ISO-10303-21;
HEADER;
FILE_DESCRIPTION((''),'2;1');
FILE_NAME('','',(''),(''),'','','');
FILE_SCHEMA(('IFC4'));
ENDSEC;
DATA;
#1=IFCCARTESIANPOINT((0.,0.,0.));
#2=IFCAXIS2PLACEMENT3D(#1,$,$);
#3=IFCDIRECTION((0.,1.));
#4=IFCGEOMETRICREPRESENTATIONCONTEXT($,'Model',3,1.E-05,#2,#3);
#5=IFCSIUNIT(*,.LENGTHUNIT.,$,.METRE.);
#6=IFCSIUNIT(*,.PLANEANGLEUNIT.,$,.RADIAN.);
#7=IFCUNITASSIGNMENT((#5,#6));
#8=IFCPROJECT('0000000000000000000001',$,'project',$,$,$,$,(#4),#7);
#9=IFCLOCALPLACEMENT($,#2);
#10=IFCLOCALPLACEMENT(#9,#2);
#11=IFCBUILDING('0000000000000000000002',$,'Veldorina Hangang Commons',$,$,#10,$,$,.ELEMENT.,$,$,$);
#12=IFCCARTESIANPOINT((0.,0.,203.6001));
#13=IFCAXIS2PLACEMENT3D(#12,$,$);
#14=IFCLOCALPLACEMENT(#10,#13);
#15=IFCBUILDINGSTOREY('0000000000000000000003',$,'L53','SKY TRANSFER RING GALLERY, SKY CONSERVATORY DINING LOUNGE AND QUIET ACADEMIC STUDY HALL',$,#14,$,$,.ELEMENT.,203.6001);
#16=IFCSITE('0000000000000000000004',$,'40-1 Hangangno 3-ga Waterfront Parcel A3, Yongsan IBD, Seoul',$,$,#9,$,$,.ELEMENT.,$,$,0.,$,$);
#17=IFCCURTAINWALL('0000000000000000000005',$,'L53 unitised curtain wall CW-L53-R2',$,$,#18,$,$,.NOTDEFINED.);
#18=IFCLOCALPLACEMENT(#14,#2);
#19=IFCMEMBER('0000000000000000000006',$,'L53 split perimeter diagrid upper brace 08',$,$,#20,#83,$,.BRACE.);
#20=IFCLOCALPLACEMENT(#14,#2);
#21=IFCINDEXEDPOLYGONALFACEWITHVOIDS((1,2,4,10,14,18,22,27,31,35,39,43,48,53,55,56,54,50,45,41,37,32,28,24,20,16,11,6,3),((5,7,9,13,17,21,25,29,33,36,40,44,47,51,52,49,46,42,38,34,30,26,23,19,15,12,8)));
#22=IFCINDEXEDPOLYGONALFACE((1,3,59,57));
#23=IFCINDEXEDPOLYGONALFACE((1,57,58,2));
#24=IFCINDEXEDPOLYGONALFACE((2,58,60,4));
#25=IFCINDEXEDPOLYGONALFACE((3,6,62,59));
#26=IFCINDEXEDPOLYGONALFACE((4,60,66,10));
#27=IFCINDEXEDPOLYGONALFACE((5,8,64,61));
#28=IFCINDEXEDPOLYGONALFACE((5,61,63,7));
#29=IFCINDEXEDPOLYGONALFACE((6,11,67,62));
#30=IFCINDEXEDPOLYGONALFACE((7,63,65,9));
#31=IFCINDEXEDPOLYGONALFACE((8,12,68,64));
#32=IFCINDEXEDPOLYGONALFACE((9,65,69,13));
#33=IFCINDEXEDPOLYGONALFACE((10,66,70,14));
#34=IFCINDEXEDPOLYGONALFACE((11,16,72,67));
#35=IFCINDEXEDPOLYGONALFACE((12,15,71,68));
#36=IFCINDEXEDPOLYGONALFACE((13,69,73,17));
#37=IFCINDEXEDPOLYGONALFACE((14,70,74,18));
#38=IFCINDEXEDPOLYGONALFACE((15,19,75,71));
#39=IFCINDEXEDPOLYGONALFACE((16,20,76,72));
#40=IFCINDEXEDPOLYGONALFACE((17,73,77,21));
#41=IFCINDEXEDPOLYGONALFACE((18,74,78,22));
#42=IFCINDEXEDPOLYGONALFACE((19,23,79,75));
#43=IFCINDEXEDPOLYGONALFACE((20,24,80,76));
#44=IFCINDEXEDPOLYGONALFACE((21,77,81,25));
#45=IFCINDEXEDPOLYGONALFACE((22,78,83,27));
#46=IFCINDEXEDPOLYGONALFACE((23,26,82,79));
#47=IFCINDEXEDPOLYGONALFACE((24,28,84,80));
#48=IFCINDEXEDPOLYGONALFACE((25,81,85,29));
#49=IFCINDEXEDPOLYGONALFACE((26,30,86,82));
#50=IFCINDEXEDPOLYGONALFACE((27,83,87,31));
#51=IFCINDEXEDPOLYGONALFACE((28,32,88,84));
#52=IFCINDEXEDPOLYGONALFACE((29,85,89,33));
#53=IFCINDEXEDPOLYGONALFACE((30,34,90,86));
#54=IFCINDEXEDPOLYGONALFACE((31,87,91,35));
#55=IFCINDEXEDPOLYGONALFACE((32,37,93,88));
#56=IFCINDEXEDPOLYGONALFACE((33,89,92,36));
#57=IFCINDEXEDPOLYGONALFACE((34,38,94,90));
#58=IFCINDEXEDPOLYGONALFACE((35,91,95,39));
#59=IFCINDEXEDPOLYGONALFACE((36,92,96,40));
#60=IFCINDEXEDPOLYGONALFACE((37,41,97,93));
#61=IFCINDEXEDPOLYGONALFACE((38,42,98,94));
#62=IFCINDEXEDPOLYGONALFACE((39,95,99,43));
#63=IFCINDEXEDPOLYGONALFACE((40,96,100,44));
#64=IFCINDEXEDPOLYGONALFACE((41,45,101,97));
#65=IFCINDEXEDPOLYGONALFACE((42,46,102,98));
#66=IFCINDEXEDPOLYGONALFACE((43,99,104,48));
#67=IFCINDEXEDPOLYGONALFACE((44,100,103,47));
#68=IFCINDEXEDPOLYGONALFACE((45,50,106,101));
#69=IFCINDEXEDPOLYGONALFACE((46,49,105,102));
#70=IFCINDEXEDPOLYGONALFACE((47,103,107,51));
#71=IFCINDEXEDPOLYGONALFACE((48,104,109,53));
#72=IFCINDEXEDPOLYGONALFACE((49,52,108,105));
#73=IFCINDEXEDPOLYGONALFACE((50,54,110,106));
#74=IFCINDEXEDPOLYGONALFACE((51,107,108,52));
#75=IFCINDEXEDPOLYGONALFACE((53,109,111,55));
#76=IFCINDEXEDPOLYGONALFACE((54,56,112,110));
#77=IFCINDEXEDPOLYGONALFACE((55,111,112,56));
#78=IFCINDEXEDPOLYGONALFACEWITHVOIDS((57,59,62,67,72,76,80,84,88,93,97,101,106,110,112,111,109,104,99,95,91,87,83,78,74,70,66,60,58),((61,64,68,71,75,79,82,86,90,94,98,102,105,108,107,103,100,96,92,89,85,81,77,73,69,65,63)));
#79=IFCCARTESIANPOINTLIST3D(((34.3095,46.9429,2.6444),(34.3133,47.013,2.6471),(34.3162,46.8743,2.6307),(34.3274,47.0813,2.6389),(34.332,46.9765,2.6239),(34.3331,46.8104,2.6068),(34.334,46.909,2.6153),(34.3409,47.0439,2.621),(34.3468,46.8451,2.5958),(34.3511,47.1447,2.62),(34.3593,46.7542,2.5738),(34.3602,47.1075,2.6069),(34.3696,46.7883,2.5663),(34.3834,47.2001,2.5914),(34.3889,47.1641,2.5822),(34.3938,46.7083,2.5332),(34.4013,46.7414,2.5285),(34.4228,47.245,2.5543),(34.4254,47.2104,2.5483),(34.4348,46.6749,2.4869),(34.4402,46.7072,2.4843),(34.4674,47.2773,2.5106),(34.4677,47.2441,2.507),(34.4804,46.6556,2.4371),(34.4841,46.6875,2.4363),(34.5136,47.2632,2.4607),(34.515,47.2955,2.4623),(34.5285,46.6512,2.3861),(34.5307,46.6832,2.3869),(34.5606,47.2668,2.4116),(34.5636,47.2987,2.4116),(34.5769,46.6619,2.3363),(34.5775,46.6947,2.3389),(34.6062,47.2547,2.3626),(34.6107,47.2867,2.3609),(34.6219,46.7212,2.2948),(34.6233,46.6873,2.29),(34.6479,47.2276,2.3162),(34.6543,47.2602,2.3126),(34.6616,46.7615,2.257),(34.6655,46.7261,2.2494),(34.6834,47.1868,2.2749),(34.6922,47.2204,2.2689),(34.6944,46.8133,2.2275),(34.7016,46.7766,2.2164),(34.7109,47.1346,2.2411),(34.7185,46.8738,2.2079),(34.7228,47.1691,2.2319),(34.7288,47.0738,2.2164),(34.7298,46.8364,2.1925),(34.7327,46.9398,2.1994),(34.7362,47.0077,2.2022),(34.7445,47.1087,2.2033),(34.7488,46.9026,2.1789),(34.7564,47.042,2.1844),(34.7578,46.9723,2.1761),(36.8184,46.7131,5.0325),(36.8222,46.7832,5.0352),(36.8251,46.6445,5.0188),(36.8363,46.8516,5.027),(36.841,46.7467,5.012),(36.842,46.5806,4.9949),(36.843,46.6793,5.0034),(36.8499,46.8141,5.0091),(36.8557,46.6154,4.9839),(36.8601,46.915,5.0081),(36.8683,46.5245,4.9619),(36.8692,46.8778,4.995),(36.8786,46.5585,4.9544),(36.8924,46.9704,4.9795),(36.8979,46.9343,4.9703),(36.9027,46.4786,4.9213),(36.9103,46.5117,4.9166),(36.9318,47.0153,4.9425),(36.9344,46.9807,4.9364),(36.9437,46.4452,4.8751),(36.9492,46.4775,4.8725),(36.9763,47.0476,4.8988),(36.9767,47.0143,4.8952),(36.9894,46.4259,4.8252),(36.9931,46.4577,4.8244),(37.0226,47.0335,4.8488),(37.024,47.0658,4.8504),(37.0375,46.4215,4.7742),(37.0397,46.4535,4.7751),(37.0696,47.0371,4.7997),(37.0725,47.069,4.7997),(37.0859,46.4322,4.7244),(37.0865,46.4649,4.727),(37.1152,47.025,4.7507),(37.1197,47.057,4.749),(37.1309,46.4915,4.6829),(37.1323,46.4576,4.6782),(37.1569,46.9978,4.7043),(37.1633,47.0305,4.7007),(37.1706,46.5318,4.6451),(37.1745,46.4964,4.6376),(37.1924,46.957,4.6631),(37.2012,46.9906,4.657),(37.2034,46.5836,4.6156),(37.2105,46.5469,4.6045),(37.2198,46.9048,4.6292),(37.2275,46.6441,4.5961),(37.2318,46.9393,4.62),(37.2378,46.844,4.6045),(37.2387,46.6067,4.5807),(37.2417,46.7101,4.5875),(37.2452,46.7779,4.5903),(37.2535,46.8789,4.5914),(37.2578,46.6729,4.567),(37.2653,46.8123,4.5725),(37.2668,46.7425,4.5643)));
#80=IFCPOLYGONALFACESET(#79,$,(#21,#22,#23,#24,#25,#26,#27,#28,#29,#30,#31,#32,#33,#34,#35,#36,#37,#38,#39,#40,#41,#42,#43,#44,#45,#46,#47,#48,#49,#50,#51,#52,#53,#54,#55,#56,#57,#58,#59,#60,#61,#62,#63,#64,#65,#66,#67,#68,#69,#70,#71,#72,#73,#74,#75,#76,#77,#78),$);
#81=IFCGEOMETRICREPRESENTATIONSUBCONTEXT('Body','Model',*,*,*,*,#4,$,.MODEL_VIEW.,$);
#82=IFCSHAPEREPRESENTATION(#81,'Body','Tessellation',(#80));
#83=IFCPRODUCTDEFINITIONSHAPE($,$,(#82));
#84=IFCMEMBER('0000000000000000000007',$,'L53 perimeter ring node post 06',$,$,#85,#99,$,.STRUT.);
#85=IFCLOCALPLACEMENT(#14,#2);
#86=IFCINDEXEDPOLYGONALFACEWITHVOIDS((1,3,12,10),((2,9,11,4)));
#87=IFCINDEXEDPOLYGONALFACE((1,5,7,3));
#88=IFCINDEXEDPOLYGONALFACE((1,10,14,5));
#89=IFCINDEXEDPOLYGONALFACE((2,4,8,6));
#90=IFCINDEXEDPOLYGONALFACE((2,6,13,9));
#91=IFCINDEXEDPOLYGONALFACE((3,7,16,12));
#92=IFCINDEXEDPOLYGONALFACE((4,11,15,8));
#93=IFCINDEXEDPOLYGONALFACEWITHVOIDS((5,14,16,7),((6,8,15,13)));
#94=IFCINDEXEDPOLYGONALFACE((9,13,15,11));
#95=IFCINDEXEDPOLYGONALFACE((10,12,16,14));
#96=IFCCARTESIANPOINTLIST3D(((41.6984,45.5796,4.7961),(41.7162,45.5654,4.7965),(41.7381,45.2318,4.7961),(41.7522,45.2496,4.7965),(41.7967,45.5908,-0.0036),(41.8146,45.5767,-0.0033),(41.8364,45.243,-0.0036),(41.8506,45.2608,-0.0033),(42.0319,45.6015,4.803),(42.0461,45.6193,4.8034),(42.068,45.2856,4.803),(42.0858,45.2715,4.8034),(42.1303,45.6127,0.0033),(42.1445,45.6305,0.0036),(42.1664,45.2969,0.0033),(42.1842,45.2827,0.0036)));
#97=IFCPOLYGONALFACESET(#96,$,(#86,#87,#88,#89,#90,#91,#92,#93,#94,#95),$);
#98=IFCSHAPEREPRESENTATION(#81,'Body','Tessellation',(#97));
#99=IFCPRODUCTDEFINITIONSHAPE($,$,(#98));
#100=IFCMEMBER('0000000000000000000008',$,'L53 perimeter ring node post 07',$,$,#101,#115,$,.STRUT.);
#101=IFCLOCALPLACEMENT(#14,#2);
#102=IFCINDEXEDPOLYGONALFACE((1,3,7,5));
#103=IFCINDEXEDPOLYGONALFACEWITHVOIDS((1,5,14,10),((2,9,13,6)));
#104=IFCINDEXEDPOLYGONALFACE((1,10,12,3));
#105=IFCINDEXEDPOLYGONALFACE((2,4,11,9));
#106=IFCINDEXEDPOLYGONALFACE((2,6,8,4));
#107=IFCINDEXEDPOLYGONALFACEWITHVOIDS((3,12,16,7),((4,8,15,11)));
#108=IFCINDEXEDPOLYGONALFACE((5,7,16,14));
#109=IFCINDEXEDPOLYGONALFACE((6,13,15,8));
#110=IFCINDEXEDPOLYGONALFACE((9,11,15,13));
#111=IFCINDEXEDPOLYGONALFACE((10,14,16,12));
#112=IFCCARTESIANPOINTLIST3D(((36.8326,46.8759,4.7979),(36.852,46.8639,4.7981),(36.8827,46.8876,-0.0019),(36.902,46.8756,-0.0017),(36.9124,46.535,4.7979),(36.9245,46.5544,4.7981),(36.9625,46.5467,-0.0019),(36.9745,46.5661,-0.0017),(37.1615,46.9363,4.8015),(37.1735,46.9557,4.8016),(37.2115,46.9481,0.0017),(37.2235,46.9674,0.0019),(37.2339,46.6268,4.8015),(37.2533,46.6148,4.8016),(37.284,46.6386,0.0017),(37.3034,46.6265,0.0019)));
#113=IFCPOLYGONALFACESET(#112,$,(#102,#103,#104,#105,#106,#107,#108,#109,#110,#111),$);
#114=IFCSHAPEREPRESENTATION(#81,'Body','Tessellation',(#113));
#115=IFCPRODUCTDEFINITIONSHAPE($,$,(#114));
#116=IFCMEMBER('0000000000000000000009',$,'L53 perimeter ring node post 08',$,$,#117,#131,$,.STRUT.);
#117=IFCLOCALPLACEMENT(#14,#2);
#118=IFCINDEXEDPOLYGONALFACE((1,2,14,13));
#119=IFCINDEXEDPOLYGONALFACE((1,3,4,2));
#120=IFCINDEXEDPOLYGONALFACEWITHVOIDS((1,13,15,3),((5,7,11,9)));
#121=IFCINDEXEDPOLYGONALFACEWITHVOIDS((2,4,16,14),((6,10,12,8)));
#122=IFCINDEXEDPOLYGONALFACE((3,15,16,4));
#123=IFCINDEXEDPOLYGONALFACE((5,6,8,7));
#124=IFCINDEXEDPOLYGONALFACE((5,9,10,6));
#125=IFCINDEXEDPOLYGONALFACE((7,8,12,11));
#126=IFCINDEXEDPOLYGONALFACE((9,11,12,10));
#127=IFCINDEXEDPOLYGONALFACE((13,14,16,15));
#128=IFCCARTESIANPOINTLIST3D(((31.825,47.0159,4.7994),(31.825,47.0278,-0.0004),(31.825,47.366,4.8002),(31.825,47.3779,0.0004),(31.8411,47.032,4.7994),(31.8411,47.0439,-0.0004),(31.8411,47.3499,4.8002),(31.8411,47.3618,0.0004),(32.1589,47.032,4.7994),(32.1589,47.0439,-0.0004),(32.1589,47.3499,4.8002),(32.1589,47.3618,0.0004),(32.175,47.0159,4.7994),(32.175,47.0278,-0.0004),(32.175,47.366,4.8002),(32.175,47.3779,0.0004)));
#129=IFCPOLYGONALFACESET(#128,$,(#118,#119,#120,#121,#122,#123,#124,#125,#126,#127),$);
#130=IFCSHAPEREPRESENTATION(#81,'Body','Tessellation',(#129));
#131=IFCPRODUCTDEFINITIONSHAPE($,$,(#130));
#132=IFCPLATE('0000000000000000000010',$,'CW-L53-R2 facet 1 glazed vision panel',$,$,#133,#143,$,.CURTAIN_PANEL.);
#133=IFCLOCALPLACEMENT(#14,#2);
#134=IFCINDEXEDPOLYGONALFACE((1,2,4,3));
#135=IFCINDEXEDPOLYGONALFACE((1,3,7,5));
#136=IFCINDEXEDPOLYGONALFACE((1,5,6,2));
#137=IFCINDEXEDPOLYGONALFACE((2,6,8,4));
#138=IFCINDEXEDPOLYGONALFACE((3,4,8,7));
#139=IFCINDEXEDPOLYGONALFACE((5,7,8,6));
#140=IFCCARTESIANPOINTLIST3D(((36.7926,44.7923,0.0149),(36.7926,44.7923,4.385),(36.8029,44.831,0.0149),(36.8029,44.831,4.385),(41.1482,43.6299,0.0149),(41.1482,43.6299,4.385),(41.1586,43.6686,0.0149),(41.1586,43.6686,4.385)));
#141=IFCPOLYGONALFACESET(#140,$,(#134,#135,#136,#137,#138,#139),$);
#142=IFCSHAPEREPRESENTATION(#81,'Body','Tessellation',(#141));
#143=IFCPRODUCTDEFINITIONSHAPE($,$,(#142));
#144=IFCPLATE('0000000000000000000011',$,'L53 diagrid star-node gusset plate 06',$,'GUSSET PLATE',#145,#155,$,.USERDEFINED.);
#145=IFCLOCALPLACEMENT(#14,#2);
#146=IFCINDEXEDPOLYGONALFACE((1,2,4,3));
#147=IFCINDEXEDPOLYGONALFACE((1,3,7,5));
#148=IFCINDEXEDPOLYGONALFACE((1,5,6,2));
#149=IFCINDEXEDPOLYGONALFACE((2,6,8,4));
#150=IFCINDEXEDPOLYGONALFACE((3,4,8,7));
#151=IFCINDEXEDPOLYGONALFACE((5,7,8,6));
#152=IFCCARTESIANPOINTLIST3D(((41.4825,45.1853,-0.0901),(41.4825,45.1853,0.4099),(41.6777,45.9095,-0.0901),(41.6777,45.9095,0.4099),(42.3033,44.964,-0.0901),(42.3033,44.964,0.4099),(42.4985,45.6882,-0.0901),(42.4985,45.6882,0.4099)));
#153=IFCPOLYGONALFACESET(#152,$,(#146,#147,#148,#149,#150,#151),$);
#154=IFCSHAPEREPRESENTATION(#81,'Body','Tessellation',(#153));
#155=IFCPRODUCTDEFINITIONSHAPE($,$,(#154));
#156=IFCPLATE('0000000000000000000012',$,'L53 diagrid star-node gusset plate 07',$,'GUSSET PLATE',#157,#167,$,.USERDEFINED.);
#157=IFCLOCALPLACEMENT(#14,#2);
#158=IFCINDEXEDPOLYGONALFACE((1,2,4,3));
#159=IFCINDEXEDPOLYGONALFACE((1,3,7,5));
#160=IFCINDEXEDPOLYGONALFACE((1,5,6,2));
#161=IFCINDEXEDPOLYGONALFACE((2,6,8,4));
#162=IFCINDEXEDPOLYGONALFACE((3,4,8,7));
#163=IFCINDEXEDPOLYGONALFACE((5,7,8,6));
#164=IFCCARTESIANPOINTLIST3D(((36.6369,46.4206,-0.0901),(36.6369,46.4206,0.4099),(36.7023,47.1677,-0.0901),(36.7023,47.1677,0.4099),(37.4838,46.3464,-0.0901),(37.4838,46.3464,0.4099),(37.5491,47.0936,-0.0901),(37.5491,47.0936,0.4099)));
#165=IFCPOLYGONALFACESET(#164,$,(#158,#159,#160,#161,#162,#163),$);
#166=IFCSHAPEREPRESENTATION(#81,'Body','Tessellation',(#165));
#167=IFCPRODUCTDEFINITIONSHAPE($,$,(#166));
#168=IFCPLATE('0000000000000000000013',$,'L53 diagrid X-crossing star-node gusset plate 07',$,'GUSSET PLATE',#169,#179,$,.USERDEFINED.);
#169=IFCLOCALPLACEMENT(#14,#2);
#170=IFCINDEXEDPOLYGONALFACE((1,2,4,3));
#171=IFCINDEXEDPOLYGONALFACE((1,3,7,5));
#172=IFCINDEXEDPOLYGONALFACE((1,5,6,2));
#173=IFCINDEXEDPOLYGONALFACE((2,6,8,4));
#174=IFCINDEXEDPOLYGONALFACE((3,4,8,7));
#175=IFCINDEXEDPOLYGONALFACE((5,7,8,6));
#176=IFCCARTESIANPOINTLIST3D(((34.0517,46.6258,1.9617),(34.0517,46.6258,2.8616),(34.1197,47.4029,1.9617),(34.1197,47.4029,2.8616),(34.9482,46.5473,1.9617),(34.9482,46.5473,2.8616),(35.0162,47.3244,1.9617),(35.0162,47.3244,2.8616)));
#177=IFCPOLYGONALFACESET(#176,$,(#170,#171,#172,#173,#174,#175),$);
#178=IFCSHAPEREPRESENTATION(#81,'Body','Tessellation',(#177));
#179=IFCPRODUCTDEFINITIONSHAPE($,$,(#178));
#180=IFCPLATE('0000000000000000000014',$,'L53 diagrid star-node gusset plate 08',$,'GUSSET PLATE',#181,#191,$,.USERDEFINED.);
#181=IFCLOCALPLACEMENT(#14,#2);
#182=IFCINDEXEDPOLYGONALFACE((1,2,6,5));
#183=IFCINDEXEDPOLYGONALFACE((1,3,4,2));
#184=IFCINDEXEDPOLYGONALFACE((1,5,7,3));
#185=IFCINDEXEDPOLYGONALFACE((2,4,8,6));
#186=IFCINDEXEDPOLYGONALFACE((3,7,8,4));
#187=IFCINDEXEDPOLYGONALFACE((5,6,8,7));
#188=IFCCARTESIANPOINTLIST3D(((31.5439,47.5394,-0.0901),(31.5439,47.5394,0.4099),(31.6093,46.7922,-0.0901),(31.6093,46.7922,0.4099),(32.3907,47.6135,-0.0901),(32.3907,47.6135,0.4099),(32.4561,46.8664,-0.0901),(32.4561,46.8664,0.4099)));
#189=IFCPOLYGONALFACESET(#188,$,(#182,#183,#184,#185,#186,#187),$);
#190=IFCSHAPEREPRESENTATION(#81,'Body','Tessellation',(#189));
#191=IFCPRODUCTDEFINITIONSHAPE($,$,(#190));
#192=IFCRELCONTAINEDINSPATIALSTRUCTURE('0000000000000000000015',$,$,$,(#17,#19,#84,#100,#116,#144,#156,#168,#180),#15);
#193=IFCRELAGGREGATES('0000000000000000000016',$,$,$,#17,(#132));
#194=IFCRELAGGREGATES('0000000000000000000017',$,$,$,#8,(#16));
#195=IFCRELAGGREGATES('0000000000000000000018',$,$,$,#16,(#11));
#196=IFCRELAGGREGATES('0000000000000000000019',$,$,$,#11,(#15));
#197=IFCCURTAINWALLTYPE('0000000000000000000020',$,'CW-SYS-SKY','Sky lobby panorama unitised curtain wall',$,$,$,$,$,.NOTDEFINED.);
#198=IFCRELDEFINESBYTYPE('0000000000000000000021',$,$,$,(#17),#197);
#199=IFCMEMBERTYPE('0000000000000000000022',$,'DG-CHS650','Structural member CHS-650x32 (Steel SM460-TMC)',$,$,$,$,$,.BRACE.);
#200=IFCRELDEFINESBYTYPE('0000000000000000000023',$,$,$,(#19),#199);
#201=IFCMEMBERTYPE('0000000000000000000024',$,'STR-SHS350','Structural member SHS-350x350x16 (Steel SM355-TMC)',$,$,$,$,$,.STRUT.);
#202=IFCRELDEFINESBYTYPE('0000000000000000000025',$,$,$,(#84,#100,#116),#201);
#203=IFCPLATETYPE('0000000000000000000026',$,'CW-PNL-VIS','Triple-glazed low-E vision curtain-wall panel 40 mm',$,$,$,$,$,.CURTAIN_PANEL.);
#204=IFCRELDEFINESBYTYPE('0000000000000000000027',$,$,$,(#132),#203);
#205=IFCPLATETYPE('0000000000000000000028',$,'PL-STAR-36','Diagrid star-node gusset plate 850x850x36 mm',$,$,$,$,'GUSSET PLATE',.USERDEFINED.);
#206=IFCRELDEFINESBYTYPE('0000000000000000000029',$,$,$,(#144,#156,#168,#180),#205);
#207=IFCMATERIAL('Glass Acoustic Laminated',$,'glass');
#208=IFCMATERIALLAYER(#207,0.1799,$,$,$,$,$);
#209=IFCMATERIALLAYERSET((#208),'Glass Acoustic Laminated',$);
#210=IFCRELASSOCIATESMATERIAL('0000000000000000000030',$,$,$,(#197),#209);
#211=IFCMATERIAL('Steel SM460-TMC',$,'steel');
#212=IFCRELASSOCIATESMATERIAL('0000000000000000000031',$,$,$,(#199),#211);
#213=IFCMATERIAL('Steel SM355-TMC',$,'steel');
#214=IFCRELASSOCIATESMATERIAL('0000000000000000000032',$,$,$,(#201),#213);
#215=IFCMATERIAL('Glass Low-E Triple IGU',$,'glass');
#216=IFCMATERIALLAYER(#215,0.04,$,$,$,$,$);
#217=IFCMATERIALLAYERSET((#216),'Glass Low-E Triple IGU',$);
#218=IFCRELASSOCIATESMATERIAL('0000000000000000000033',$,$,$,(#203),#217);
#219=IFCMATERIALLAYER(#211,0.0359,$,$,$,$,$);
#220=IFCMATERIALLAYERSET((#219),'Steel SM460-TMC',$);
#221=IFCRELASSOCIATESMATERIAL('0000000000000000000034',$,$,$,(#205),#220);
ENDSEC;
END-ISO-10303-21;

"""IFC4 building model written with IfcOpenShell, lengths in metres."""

from ifc_helpers import new_model, si_unit, direction, frame, origin, origin_2d, place, context, subcontext, project, spatial, rectangle, hollow_rectangle, hollow_circle, extrude, material, layer, layer_set, material_profile, profile_set, type_object, element, aggregate, save


model = new_model("IFC4")

# Units and contexts
model_context = context("Model", 3, precision=1e-05, world=origin(), true_north=direction((0.0, 1.0)))
body_context = subcontext(model_context, "Body", "Model", "MODEL_VIEW")
ifc_project = project(units=[si_unit("LENGTHUNIT", "METRE"), si_unit("PLANEANGLEUNIT", "RADIAN")], contexts=[model_context])

# Site, building, storey
site_placement = place(None, origin())
site = spatial("IfcSite", under=ifc_project, at=site_placement, Name="40-1 Hangangno 3-ga Waterfront Parcel A3, Yongsan IBD, Seoul", CompositionType="ELEMENT", RefElevation=0.0)
building_placement = place(site_placement, origin())
building = spatial("IfcBuilding", under=site, at=building_placement, Name="Veldorina Hangang Commons", CompositionType="ELEMENT")
storey_placement = place(building_placement, frame((0.0, 0.0, 203.6001)))
storey = spatial("IfcBuildingStorey", under=building, at=storey_placement, Name="L53", Description="SKY TRANSFER RING GALLERY, SKY CONSERVATORY DINING LOUNGE AND QUIET ACADEMIC STUDY HALL", CompositionType="ELEMENT", Elevation=203.6001)

# Shared definitions
ifc_material_1 = material(Name="Steel SM355-TMC", Category="steel")

# Curtain wall
ifc_material_2 = material(Name="Glass Acoustic Laminated", Category="glass")
ifc_layer_1 = layer(ifc_material_2, 0.1799)
ifc_layer_set_1 = layer_set([ifc_layer_1], Name="Glass Acoustic Laminated")
curtain_wall_type = type_object("IfcCurtainWallType", Name="CW-SYS-SKY", Description="Sky lobby panorama unitised curtain wall", PredefinedType="NOTDEFINED", material=ifc_layer_set_1)
curtain_wall_1_placement = place(storey_placement, origin())
curtain_wall_1 = element("IfcCurtainWall", 1, at=curtain_wall_1_placement, inside=storey, type_object=curtain_wall_type, Name="L53 unitised curtain wall CW-L53-R2", PredefinedType="NOTDEFINED")

# Members
ifc_material_3 = material(Name="Steel SM460-TMC", Category="steel")
ifc_material_profile_1 = material_profile(ifc_material_3, hollow_circle(Radius=0.325, WallThickness=0.032, at=origin_2d()), Name="CHS-650x32")
ifc_profile_set_1 = profile_set([ifc_material_profile_1], Name="Steel SM460-TMC")
member_type_1 = type_object("IfcMemberType", Name="DG-CHS650", Description="Structural member CHS-650x32 (Steel SM460-TMC)", PredefinedType="BRACE", material=ifc_profile_set_1)
member_1_placement = place(storey_placement, frame((34.5339, 46.9751, 2.4116), z_axis=(0.722748, -0.066177, 0.687936), x_axis=(0.091182, 0.995834, 0.0)))
element("IfcMember", 2, at=member_1_placement, inside=storey, type_object=member_type_1, Name="L53 split perimeter diagrid upper brace 08", PredefinedType="BRACE", context=body_context, shape_type="SweptSolid", body=[
    extrude(hollow_circle(Radius=0.325, WallThickness=0.032, at=origin_2d()), origin(), (0.0, 0.0, 1.0), 3.4714),
])
ifc_material_profile_2 = material_profile(ifc_material_1, hollow_rectangle(XDim=0.3501, YDim=0.3501, WallThickness=0.0161, at=origin_2d()), Name="SHS-350x350x16")
ifc_profile_set_2 = profile_set([ifc_material_profile_2], Name="Steel SM355-TMC")
member_type_2 = type_object("IfcMemberType", Name="STR-SHS350", Description="Structural member SHS-350x350x16 (Steel SM355-TMC)", PredefinedType="STRUT", material=ifc_profile_set_2)
member_2_placement = place(storey_placement, frame((41.9905, 45.4368, 0.0), z_axis=(-0.020494, -0.002339, 0.999787), x_axis=(0.113408, -0.993549, 0.0)))
element("IfcMember", 3, at=member_2_placement, inside=storey, type_object=member_type_2, Name="L53 perimeter ring node post 06", PredefinedType="STRUT", context=body_context, shape_type="SweptSolid", body=[
    extrude(hollow_rectangle(XDim=0.3501, YDim=0.3501, WallThickness=0.0161, at=origin_2d()), origin(), (0.0, 0.0, 1.0), 4.8008),
])
member_3_placement = place(storey_placement, frame((37.093, 46.7571, 0.0), z_axis=(-0.010427, -0.002441, 0.999943), x_axis=(0.22798, -0.973666, 0.0)))
element("IfcMember", 4, at=member_3_placement, inside=storey, type_object=member_type_2, Name="L53 perimeter ring node post 07", PredefinedType="STRUT", context=body_context, shape_type="SweptSolid", body=[
    extrude(hollow_rectangle(XDim=0.3501, YDim=0.3501, WallThickness=0.0161, at=origin_2d()), origin(), (0.0, 0.0, 1.0), 4.8),
])
member_4_placement = place(storey_placement, frame((32.0, 47.2029, 0.0), z_axis=(0.0, -0.002492, 0.999997), x_axis=(1.0, 0.0, 0.0)))
element("IfcMember", 5, at=member_4_placement, inside=storey, type_object=member_type_2, Name="L53 perimeter ring node post 08", PredefinedType="STRUT", context=body_context, shape_type="SweptSolid", body=[
    extrude(hollow_rectangle(XDim=0.3501, YDim=0.3501, WallThickness=0.0161, at=origin_2d()), origin(), (0.0, 0.0, 1.0), 4.7998),
])

# Plate
ifc_material_4 = material(Name="Glass Low-E Triple IGU", Category="glass")
ifc_layer_2 = layer(ifc_material_4, 0.04)
ifc_layer_set_2 = layer_set([ifc_layer_2], Name="Glass Low-E Triple IGU")
plate_type_1 = type_object("IfcPlateType", Name="CW-PNL-VIS", Description="Triple-glazed low-E vision curtain-wall panel 40 mm", PredefinedType="CURTAIN_PANEL", material=ifc_layer_set_2)
plate_1_placement = place(storey_placement, frame((38.9756, 44.2305, 0.0149), z_axis=(0.0, 0.0, 1.0), x_axis=(-0.966187, 0.257841, 0.0)))
plate_1 = element("IfcPlate", 6, at=plate_1_placement, type_object=plate_type_1, Name="CW-L53-R2 facet 1 glazed vision panel", PredefinedType="CURTAIN_PANEL", context=body_context, shape_type="SweptSolid", body=[
    extrude(rectangle(XDim=4.5081, YDim=0.04, at=origin_2d()), origin(), (0.0, 0.0, 1.0), 4.3701),
])
aggregate(curtain_wall_1, [plate_1])

# Plates
ifc_layer_3 = layer(ifc_material_3, 0.0359)
ifc_layer_set_3 = layer_set([ifc_layer_3], Name="Steel SM460-TMC")
plate_type_2 = type_object("IfcPlateType", Name="PL-STAR-36", Description="Diagrid star-node gusset plate 850x850x36 mm", ElementType="GUSSET PLATE", PredefinedType="USERDEFINED", material=ifc_layer_set_3)
for number, where, z_axis, x_axis, name in (
    (7, (41.9905, 45.4368, -0.0901), (0.0, 0.0, 1.0), (-0.965523, 0.260319, 0.0), "L53 diagrid star-node gusset plate 06"),
    (8, (37.093, 46.7571, -0.0901), (0.0, 0.0, 1.0), (-0.996192, 0.087191, 0.0), "L53 diagrid star-node gusset plate 07"),
):
    element("IfcPlate", number, at=place(storey_placement, frame(where, z_axis=z_axis, x_axis=x_axis)), inside=storey, type_object=plate_type_2, Name=name, ObjectType="GUSSET PLATE", PredefinedType="USERDEFINED", context=body_context, shape_type="SweptSolid", body=[
        extrude(rectangle(XDim=0.8501, YDim=0.75, at=origin_2d()), origin(), (0.0, 0.0, 1.0), 0.5),
    ])
plate_2_placement = place(storey_placement, frame((34.5339, 46.9751, 1.9617), z_axis=(0.0, 0.0, 1.0), x_axis=(-0.996192, 0.087191, 0.0)))
element("IfcPlate", 9, at=plate_2_placement, inside=storey, type_object=plate_type_2, Name="L53 diagrid X-crossing star-node gusset plate 07", ObjectType="GUSSET PLATE", PredefinedType="USERDEFINED", context=body_context, shape_type="SweptSolid", body=[
    extrude(rectangle(XDim=0.8999, YDim=0.78, at=origin_2d()), origin(), (0.0, 0.0, 1.0), 0.8999),
])
plate_3_placement = place(storey_placement, frame((32.0, 47.2029, -0.0901), z_axis=(0.0, 0.0, 1.0), x_axis=(-0.996192, -0.087191, 0.0)))
element("IfcPlate", 10, at=plate_3_placement, inside=storey, type_object=plate_type_2, Name="L53 diagrid star-node gusset plate 08", ObjectType="GUSSET PLATE", PredefinedType="USERDEFINED", context=body_context, shape_type="SweptSolid", body=[
    extrude(rectangle(XDim=0.8501, YDim=0.75, at=origin_2d()), origin(), (0.0, 0.0, 1.0), 0.5),
])

save(model, "model.ifc")
